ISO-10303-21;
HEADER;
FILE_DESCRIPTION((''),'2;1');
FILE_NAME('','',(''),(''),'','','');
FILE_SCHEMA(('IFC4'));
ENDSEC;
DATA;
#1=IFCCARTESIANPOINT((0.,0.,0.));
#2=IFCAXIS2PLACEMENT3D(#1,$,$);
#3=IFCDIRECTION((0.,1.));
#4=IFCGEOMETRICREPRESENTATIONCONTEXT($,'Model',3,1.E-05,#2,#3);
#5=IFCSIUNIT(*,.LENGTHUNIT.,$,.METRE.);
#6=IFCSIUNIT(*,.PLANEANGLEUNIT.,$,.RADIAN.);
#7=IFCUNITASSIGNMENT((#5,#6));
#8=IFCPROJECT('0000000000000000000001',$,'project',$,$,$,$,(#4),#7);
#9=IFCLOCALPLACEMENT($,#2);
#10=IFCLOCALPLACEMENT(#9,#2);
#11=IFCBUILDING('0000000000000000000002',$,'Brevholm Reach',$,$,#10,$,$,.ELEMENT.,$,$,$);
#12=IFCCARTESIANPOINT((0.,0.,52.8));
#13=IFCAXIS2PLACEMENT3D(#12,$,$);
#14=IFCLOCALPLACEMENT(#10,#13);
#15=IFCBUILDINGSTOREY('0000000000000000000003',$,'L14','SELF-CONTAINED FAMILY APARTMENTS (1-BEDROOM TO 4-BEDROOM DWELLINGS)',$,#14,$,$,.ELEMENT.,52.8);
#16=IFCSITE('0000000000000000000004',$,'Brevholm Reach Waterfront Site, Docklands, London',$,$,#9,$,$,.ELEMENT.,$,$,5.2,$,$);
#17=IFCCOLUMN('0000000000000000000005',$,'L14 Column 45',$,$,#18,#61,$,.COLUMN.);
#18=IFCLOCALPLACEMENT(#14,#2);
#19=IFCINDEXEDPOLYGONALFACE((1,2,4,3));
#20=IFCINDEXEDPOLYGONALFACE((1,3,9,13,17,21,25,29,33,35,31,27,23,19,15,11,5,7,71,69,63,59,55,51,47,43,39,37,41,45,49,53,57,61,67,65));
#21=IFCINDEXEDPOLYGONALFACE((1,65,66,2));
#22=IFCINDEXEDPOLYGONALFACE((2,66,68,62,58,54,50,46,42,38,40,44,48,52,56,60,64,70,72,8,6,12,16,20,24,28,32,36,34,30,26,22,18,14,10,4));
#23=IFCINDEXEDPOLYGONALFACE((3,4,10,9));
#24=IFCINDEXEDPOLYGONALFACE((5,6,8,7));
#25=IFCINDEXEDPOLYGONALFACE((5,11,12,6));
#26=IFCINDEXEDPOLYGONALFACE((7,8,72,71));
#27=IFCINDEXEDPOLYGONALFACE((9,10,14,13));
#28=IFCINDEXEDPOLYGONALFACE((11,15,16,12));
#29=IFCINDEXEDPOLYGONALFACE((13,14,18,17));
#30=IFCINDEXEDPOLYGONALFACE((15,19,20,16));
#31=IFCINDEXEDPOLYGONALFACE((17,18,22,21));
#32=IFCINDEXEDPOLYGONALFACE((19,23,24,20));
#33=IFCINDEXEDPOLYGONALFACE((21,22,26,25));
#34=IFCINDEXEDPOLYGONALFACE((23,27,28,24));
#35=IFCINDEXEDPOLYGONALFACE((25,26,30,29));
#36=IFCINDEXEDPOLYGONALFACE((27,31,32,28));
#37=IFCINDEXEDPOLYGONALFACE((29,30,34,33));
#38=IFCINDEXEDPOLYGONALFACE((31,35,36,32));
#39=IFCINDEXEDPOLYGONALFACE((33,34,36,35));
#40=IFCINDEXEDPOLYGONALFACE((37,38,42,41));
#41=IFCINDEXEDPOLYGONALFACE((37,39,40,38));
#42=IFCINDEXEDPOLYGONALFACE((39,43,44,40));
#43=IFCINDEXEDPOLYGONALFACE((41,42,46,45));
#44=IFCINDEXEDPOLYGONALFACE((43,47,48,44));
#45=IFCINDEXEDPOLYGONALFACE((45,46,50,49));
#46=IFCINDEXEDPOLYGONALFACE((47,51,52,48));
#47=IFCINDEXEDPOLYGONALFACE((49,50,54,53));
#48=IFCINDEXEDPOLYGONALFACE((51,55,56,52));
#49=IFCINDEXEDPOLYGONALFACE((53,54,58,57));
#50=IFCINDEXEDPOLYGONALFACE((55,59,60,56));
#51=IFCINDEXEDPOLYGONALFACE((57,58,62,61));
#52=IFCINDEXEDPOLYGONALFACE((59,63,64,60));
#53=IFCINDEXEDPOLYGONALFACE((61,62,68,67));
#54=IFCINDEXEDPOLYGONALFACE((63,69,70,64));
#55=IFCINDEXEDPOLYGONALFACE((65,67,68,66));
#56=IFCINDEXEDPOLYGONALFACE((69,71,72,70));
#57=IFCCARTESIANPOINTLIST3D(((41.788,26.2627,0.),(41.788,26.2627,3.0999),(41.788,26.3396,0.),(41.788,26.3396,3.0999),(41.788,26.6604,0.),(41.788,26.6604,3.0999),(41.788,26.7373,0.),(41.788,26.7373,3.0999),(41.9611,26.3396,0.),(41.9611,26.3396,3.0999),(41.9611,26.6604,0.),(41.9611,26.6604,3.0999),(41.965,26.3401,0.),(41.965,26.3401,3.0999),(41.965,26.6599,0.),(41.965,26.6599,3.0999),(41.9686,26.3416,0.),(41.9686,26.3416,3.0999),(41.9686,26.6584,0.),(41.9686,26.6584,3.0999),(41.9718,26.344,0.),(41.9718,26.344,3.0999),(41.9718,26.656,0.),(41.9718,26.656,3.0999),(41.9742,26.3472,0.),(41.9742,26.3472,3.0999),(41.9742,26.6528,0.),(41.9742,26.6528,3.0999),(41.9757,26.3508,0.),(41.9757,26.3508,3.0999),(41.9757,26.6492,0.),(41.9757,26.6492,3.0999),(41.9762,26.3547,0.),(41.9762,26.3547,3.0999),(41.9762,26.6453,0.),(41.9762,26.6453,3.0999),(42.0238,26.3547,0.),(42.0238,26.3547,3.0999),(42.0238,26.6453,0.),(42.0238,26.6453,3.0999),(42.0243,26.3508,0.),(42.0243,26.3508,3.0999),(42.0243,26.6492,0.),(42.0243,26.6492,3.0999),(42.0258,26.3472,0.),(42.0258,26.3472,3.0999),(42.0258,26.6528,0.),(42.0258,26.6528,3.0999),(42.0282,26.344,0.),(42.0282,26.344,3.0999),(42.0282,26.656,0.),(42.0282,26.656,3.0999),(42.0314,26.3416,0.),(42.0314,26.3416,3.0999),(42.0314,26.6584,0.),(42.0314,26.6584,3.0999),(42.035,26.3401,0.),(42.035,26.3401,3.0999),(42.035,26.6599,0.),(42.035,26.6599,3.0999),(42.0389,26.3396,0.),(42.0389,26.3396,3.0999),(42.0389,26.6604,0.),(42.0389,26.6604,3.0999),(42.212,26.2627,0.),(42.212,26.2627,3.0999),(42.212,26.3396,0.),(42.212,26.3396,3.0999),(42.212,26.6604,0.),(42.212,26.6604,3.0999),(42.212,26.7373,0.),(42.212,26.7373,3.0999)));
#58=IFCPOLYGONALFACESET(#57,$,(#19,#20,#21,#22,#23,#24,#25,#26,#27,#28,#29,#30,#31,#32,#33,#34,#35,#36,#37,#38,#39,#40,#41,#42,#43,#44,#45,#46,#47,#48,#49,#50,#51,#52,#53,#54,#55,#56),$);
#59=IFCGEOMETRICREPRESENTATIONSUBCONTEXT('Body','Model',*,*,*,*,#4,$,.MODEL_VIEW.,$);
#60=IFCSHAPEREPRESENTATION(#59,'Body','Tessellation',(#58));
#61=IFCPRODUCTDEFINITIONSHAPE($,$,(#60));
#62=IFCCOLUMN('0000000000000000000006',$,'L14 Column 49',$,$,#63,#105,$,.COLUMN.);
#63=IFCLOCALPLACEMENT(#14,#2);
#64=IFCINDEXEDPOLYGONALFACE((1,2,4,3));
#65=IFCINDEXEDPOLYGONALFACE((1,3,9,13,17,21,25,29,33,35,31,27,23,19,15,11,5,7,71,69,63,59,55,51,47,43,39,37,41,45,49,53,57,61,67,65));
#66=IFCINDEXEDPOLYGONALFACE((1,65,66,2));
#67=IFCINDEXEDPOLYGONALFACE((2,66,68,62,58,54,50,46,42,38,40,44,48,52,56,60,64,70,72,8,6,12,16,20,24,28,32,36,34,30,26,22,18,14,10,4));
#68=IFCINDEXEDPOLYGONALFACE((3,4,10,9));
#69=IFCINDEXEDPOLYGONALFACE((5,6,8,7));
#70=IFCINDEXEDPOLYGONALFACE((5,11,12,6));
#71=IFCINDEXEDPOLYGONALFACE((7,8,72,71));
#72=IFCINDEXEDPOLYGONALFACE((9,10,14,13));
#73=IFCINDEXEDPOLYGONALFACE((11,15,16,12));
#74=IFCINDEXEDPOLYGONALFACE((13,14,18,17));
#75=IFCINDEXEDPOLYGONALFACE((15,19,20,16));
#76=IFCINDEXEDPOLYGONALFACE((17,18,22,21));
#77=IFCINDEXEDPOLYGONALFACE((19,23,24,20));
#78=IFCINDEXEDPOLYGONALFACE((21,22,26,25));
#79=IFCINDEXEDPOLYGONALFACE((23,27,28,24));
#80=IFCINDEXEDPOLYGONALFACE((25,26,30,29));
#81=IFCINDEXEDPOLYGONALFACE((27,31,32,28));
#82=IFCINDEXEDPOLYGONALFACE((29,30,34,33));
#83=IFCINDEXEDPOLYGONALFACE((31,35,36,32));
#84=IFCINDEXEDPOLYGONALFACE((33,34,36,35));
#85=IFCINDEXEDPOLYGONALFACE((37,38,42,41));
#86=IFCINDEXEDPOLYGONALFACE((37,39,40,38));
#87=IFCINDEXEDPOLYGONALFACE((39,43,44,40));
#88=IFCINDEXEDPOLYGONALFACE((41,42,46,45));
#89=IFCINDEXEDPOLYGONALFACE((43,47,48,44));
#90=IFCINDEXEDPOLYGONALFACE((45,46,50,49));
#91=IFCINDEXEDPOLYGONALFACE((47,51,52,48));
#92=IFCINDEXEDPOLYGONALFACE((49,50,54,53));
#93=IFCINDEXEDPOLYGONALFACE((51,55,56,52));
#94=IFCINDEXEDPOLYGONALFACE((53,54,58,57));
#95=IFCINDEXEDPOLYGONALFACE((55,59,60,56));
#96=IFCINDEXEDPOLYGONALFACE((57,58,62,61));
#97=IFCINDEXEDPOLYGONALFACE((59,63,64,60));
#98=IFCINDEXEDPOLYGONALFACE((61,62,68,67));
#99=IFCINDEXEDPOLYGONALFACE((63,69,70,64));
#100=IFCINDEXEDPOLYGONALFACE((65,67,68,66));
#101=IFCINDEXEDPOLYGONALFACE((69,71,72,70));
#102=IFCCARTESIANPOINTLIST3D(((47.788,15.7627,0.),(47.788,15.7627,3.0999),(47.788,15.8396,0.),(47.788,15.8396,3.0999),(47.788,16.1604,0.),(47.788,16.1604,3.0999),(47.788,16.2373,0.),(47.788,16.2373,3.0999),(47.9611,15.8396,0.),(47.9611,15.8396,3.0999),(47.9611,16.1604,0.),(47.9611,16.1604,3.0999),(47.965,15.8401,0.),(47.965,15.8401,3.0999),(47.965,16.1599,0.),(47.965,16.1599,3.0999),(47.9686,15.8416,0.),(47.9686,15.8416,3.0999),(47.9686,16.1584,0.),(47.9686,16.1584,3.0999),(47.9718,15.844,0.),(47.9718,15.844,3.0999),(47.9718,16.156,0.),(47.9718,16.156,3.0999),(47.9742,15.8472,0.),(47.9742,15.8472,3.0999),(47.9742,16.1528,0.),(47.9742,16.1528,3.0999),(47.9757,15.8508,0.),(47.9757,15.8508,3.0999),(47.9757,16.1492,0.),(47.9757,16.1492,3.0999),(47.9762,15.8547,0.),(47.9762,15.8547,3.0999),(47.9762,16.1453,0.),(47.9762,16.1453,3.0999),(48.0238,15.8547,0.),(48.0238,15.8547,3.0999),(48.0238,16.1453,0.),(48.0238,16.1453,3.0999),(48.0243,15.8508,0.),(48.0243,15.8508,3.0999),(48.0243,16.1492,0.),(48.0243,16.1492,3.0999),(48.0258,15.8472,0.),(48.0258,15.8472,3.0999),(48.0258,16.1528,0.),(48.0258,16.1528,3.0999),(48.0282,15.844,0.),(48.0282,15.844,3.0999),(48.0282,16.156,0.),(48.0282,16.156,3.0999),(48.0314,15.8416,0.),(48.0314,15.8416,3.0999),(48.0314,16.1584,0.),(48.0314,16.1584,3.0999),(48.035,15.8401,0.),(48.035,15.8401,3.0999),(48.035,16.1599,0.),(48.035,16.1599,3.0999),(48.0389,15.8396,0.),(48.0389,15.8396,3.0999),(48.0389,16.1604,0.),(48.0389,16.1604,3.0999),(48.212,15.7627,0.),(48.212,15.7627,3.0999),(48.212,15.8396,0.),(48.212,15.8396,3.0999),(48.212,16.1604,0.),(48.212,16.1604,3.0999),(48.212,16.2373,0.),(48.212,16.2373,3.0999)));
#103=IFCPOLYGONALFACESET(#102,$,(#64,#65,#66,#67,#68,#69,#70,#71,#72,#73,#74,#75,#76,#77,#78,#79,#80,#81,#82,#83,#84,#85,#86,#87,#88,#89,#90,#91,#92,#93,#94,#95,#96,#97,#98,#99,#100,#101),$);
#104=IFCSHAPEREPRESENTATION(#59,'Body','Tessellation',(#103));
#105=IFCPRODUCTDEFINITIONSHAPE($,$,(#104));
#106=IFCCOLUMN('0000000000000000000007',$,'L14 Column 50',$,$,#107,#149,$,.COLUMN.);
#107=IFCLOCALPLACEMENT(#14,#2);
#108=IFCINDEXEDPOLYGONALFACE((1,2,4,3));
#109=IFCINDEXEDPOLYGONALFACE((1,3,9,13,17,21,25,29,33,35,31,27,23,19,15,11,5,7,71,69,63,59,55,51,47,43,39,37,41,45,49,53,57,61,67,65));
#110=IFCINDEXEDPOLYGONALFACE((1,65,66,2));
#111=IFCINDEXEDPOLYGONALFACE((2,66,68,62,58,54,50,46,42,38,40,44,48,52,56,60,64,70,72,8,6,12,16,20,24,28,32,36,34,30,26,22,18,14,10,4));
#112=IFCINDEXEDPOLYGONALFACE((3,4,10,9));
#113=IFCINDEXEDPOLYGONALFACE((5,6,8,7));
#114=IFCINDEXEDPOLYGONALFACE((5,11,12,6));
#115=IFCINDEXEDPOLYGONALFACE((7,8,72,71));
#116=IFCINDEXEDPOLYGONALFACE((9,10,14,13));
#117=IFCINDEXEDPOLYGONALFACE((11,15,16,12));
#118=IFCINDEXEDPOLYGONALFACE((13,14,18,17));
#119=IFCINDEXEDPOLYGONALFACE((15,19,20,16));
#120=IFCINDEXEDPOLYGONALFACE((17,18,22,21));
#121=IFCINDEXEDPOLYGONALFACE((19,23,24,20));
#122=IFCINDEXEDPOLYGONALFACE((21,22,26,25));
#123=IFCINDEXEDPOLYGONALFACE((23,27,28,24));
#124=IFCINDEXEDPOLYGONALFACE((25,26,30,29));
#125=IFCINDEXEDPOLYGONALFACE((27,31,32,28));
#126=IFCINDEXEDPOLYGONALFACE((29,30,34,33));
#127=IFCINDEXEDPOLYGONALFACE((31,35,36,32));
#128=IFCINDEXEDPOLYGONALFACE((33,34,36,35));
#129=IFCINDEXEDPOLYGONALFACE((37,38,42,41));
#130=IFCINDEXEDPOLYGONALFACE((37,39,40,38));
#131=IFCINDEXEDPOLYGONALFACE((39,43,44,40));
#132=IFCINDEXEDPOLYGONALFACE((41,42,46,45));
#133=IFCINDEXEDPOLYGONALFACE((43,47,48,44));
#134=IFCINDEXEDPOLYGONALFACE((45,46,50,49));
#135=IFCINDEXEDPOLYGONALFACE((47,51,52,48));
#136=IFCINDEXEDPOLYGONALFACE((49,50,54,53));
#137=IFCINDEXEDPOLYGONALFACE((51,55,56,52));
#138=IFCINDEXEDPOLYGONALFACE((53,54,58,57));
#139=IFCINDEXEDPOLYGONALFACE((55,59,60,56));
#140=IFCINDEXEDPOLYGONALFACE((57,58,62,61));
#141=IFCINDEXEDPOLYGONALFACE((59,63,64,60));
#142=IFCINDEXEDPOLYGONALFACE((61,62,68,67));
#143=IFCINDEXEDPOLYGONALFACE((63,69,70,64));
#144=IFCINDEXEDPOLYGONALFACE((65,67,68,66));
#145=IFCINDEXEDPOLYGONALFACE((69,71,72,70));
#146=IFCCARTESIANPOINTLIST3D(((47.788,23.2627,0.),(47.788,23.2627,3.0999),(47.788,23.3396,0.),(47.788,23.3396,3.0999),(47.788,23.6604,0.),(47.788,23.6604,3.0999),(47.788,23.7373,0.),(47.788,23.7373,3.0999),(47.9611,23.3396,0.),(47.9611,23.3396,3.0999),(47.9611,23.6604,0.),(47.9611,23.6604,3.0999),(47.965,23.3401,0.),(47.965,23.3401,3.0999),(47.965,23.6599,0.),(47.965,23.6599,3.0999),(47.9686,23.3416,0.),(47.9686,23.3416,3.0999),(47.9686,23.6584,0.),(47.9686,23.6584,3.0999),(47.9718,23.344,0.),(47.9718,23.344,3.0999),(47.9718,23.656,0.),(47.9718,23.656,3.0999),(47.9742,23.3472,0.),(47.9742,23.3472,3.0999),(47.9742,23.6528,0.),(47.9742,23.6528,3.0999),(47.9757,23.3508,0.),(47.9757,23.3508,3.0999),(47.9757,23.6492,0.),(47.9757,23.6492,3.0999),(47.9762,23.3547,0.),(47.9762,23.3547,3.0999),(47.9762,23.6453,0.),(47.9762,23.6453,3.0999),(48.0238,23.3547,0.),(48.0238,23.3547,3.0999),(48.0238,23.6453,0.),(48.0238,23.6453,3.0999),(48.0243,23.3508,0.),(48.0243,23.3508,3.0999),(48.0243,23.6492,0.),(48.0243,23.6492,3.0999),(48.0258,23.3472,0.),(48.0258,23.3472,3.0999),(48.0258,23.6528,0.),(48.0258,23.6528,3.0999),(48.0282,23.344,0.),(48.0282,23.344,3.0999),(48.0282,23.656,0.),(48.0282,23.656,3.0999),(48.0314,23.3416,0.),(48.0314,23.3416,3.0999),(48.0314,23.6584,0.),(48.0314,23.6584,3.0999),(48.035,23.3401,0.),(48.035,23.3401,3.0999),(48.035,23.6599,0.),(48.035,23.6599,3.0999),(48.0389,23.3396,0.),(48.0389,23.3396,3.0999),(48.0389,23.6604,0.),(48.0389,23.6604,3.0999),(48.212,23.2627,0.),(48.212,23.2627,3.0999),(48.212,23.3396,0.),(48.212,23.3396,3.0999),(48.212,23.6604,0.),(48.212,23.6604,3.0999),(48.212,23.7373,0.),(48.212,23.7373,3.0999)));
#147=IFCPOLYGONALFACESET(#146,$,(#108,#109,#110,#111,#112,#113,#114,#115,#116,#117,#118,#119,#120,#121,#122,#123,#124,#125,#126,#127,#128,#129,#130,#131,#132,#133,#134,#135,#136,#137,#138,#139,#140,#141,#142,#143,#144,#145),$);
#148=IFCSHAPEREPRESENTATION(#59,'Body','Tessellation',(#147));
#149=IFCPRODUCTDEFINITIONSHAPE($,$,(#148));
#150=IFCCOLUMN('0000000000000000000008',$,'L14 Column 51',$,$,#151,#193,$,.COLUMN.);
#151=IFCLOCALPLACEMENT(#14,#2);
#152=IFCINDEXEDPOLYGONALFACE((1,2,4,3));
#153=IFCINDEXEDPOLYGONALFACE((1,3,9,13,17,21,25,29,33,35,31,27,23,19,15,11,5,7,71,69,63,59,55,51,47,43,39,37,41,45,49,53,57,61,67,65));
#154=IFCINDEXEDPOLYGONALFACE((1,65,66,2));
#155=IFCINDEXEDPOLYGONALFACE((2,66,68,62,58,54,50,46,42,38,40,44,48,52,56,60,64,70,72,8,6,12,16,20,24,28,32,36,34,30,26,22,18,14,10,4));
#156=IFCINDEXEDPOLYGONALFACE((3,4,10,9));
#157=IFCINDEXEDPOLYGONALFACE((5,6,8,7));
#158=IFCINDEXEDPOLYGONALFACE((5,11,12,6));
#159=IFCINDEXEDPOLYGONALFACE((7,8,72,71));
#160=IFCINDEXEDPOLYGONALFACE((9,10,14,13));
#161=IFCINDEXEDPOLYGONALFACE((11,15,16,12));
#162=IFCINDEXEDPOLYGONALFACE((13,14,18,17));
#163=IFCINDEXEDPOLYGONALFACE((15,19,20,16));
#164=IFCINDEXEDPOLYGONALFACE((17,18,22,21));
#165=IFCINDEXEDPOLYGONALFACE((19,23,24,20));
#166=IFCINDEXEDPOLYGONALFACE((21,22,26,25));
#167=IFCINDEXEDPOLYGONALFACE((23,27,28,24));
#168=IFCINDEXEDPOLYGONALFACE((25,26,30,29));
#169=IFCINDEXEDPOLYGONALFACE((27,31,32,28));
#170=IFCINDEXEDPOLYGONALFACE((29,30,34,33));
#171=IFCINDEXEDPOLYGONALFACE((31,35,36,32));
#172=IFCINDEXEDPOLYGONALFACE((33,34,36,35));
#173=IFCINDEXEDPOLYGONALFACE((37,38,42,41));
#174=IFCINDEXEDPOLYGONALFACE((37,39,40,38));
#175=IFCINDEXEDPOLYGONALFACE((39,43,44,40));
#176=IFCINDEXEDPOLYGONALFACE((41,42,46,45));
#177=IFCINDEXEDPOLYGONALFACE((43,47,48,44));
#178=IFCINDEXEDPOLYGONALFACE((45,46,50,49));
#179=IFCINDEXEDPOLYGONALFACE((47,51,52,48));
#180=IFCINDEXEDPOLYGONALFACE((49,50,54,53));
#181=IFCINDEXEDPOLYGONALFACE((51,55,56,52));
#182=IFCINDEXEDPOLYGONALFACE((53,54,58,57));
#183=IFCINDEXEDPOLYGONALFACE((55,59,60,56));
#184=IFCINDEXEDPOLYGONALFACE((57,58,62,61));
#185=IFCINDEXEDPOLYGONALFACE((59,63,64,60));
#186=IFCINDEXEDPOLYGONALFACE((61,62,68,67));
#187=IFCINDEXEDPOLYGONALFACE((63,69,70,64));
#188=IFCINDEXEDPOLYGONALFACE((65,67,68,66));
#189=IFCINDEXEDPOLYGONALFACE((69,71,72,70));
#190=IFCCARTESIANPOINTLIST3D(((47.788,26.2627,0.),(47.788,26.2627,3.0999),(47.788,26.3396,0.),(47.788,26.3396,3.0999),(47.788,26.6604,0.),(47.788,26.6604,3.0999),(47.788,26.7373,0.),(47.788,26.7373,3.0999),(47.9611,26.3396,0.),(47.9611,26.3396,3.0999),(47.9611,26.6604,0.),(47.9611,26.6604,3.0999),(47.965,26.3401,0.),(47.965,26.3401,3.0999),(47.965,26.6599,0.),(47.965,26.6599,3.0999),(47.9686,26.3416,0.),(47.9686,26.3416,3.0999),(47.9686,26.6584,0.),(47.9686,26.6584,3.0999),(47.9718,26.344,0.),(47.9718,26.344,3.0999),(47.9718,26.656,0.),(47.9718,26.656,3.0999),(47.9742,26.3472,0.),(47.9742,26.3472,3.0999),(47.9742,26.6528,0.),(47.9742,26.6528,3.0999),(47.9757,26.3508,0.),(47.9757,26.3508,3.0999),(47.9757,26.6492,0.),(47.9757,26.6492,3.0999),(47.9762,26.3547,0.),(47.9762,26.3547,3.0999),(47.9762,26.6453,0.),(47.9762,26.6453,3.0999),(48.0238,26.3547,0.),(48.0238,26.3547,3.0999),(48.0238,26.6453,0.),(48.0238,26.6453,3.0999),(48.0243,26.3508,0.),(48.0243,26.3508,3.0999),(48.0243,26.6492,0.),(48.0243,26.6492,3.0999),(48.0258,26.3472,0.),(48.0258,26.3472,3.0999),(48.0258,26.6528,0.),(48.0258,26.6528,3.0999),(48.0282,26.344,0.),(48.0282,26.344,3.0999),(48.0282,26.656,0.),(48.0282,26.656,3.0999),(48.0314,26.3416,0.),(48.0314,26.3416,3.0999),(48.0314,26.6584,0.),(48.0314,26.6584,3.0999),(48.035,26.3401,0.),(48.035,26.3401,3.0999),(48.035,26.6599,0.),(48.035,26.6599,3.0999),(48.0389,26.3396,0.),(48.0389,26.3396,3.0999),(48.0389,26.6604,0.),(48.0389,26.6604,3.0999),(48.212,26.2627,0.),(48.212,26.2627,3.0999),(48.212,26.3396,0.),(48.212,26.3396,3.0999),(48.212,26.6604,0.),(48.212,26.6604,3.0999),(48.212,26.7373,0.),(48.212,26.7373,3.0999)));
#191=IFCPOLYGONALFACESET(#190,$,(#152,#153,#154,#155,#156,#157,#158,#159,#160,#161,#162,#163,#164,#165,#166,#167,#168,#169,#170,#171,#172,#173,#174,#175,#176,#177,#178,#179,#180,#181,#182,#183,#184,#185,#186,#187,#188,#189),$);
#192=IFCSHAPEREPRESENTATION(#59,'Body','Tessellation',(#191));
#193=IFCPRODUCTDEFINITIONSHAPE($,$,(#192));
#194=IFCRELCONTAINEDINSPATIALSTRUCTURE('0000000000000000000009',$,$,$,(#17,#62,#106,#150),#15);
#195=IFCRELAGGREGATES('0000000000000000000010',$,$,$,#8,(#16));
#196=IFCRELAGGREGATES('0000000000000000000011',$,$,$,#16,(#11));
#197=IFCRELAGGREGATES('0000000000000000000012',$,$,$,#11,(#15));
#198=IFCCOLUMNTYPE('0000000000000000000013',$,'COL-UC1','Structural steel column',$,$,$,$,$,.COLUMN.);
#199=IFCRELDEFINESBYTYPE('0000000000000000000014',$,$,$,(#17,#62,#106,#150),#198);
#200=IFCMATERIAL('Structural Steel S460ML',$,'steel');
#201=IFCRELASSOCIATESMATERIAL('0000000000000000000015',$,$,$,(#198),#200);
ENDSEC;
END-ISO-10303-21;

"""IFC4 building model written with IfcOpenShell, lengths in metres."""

from ifc_helpers import new_model, si_unit, direction, frame, origin, origin_2d, place, context, subcontext, project, spatial, i_section, extrude, material, material_profile, profile_set, type_object, element, save


model = new_model("IFC4")

# Units and contexts
model_context = context("Model", 3, precision=1e-05, world=origin(), true_north=direction((0.0, 1.0)))
body_context = subcontext(model_context, "Body", "Model", "MODEL_VIEW")
ifc_project = project(units=[si_unit("LENGTHUNIT", "METRE"), si_unit("PLANEANGLEUNIT", "RADIAN")], contexts=[model_context])

# Site, building, storey
site_placement = place(None, origin())
site = spatial("IfcSite", under=ifc_project, at=site_placement, Name="Brevholm Reach Waterfront Site, Docklands, London", CompositionType="ELEMENT", RefElevation=5.2)
building_placement = place(site_placement, origin())
building = spatial("IfcBuilding", under=site, at=building_placement, Name="Brevholm Reach", CompositionType="ELEMENT")
storey_placement = place(building_placement, frame((0.0, 0.0, 52.8)))
storey = spatial("IfcBuildingStorey", under=building, at=storey_placement, Name="L14", Description="SELF-CONTAINED FAMILY APARTMENTS (1-BEDROOM TO 4-BEDROOM DWELLINGS)", CompositionType="ELEMENT", Elevation=52.8)

# Columns
ifc_material_1 = material(Name="Structural Steel S460ML", Category="steel")
ifc_material_profile_1 = material_profile(ifc_material_1, i_section(OverallWidth=0.4241, OverallDepth=0.4746, WebThickness=0.0476, FlangeThickness=0.0769, FilletRadius=0.0151, at=origin_2d()), Name="UKC 356x406x634")
ifc_profile_set_1 = profile_set([ifc_material_profile_1], Name="Structural Steel S460ML")
column_type_1 = type_object("IfcColumnType", Name="COL-UC1", Description="Structural steel column", PredefinedType="COLUMN", material=ifc_profile_set_1)
for number, where, z_axis, x_axis, name in (
    (1, (42.0, 26.5, 0.0), (0.0, 0.0, 1.0), (1.0, 0.0, 0.0), "L14 Column 45"),
    (2, (48.0, 16.0, 0.0), (0.0, 0.0, 1.0), (1.0, 0.0, 0.0), "L14 Column 49"),
    (3, (48.0, 23.5, 0.0), (0.0, 0.0, 1.0), (1.0, 0.0, 0.0), "L14 Column 50"),
    (4, (48.0, 26.5, 0.0), (0.0, 0.0, 1.0), (1.0, 0.0, 0.0), "L14 Column 51"),
):
    element("IfcColumn", number, at=place(storey_placement, frame(where, z_axis=z_axis, x_axis=x_axis)), inside=storey, type_object=column_type_1, Name=name, PredefinedType="COLUMN", context=body_context, shape_type="SweptSolid", body=[
        extrude(i_section(OverallWidth=0.4241, OverallDepth=0.4746, WebThickness=0.0476, FlangeThickness=0.0769, FilletRadius=0.0151, at=origin_2d()), origin(), (0.0, 0.0, 1.0), 3.0999),
    ])

save(model, "model.ifc")
